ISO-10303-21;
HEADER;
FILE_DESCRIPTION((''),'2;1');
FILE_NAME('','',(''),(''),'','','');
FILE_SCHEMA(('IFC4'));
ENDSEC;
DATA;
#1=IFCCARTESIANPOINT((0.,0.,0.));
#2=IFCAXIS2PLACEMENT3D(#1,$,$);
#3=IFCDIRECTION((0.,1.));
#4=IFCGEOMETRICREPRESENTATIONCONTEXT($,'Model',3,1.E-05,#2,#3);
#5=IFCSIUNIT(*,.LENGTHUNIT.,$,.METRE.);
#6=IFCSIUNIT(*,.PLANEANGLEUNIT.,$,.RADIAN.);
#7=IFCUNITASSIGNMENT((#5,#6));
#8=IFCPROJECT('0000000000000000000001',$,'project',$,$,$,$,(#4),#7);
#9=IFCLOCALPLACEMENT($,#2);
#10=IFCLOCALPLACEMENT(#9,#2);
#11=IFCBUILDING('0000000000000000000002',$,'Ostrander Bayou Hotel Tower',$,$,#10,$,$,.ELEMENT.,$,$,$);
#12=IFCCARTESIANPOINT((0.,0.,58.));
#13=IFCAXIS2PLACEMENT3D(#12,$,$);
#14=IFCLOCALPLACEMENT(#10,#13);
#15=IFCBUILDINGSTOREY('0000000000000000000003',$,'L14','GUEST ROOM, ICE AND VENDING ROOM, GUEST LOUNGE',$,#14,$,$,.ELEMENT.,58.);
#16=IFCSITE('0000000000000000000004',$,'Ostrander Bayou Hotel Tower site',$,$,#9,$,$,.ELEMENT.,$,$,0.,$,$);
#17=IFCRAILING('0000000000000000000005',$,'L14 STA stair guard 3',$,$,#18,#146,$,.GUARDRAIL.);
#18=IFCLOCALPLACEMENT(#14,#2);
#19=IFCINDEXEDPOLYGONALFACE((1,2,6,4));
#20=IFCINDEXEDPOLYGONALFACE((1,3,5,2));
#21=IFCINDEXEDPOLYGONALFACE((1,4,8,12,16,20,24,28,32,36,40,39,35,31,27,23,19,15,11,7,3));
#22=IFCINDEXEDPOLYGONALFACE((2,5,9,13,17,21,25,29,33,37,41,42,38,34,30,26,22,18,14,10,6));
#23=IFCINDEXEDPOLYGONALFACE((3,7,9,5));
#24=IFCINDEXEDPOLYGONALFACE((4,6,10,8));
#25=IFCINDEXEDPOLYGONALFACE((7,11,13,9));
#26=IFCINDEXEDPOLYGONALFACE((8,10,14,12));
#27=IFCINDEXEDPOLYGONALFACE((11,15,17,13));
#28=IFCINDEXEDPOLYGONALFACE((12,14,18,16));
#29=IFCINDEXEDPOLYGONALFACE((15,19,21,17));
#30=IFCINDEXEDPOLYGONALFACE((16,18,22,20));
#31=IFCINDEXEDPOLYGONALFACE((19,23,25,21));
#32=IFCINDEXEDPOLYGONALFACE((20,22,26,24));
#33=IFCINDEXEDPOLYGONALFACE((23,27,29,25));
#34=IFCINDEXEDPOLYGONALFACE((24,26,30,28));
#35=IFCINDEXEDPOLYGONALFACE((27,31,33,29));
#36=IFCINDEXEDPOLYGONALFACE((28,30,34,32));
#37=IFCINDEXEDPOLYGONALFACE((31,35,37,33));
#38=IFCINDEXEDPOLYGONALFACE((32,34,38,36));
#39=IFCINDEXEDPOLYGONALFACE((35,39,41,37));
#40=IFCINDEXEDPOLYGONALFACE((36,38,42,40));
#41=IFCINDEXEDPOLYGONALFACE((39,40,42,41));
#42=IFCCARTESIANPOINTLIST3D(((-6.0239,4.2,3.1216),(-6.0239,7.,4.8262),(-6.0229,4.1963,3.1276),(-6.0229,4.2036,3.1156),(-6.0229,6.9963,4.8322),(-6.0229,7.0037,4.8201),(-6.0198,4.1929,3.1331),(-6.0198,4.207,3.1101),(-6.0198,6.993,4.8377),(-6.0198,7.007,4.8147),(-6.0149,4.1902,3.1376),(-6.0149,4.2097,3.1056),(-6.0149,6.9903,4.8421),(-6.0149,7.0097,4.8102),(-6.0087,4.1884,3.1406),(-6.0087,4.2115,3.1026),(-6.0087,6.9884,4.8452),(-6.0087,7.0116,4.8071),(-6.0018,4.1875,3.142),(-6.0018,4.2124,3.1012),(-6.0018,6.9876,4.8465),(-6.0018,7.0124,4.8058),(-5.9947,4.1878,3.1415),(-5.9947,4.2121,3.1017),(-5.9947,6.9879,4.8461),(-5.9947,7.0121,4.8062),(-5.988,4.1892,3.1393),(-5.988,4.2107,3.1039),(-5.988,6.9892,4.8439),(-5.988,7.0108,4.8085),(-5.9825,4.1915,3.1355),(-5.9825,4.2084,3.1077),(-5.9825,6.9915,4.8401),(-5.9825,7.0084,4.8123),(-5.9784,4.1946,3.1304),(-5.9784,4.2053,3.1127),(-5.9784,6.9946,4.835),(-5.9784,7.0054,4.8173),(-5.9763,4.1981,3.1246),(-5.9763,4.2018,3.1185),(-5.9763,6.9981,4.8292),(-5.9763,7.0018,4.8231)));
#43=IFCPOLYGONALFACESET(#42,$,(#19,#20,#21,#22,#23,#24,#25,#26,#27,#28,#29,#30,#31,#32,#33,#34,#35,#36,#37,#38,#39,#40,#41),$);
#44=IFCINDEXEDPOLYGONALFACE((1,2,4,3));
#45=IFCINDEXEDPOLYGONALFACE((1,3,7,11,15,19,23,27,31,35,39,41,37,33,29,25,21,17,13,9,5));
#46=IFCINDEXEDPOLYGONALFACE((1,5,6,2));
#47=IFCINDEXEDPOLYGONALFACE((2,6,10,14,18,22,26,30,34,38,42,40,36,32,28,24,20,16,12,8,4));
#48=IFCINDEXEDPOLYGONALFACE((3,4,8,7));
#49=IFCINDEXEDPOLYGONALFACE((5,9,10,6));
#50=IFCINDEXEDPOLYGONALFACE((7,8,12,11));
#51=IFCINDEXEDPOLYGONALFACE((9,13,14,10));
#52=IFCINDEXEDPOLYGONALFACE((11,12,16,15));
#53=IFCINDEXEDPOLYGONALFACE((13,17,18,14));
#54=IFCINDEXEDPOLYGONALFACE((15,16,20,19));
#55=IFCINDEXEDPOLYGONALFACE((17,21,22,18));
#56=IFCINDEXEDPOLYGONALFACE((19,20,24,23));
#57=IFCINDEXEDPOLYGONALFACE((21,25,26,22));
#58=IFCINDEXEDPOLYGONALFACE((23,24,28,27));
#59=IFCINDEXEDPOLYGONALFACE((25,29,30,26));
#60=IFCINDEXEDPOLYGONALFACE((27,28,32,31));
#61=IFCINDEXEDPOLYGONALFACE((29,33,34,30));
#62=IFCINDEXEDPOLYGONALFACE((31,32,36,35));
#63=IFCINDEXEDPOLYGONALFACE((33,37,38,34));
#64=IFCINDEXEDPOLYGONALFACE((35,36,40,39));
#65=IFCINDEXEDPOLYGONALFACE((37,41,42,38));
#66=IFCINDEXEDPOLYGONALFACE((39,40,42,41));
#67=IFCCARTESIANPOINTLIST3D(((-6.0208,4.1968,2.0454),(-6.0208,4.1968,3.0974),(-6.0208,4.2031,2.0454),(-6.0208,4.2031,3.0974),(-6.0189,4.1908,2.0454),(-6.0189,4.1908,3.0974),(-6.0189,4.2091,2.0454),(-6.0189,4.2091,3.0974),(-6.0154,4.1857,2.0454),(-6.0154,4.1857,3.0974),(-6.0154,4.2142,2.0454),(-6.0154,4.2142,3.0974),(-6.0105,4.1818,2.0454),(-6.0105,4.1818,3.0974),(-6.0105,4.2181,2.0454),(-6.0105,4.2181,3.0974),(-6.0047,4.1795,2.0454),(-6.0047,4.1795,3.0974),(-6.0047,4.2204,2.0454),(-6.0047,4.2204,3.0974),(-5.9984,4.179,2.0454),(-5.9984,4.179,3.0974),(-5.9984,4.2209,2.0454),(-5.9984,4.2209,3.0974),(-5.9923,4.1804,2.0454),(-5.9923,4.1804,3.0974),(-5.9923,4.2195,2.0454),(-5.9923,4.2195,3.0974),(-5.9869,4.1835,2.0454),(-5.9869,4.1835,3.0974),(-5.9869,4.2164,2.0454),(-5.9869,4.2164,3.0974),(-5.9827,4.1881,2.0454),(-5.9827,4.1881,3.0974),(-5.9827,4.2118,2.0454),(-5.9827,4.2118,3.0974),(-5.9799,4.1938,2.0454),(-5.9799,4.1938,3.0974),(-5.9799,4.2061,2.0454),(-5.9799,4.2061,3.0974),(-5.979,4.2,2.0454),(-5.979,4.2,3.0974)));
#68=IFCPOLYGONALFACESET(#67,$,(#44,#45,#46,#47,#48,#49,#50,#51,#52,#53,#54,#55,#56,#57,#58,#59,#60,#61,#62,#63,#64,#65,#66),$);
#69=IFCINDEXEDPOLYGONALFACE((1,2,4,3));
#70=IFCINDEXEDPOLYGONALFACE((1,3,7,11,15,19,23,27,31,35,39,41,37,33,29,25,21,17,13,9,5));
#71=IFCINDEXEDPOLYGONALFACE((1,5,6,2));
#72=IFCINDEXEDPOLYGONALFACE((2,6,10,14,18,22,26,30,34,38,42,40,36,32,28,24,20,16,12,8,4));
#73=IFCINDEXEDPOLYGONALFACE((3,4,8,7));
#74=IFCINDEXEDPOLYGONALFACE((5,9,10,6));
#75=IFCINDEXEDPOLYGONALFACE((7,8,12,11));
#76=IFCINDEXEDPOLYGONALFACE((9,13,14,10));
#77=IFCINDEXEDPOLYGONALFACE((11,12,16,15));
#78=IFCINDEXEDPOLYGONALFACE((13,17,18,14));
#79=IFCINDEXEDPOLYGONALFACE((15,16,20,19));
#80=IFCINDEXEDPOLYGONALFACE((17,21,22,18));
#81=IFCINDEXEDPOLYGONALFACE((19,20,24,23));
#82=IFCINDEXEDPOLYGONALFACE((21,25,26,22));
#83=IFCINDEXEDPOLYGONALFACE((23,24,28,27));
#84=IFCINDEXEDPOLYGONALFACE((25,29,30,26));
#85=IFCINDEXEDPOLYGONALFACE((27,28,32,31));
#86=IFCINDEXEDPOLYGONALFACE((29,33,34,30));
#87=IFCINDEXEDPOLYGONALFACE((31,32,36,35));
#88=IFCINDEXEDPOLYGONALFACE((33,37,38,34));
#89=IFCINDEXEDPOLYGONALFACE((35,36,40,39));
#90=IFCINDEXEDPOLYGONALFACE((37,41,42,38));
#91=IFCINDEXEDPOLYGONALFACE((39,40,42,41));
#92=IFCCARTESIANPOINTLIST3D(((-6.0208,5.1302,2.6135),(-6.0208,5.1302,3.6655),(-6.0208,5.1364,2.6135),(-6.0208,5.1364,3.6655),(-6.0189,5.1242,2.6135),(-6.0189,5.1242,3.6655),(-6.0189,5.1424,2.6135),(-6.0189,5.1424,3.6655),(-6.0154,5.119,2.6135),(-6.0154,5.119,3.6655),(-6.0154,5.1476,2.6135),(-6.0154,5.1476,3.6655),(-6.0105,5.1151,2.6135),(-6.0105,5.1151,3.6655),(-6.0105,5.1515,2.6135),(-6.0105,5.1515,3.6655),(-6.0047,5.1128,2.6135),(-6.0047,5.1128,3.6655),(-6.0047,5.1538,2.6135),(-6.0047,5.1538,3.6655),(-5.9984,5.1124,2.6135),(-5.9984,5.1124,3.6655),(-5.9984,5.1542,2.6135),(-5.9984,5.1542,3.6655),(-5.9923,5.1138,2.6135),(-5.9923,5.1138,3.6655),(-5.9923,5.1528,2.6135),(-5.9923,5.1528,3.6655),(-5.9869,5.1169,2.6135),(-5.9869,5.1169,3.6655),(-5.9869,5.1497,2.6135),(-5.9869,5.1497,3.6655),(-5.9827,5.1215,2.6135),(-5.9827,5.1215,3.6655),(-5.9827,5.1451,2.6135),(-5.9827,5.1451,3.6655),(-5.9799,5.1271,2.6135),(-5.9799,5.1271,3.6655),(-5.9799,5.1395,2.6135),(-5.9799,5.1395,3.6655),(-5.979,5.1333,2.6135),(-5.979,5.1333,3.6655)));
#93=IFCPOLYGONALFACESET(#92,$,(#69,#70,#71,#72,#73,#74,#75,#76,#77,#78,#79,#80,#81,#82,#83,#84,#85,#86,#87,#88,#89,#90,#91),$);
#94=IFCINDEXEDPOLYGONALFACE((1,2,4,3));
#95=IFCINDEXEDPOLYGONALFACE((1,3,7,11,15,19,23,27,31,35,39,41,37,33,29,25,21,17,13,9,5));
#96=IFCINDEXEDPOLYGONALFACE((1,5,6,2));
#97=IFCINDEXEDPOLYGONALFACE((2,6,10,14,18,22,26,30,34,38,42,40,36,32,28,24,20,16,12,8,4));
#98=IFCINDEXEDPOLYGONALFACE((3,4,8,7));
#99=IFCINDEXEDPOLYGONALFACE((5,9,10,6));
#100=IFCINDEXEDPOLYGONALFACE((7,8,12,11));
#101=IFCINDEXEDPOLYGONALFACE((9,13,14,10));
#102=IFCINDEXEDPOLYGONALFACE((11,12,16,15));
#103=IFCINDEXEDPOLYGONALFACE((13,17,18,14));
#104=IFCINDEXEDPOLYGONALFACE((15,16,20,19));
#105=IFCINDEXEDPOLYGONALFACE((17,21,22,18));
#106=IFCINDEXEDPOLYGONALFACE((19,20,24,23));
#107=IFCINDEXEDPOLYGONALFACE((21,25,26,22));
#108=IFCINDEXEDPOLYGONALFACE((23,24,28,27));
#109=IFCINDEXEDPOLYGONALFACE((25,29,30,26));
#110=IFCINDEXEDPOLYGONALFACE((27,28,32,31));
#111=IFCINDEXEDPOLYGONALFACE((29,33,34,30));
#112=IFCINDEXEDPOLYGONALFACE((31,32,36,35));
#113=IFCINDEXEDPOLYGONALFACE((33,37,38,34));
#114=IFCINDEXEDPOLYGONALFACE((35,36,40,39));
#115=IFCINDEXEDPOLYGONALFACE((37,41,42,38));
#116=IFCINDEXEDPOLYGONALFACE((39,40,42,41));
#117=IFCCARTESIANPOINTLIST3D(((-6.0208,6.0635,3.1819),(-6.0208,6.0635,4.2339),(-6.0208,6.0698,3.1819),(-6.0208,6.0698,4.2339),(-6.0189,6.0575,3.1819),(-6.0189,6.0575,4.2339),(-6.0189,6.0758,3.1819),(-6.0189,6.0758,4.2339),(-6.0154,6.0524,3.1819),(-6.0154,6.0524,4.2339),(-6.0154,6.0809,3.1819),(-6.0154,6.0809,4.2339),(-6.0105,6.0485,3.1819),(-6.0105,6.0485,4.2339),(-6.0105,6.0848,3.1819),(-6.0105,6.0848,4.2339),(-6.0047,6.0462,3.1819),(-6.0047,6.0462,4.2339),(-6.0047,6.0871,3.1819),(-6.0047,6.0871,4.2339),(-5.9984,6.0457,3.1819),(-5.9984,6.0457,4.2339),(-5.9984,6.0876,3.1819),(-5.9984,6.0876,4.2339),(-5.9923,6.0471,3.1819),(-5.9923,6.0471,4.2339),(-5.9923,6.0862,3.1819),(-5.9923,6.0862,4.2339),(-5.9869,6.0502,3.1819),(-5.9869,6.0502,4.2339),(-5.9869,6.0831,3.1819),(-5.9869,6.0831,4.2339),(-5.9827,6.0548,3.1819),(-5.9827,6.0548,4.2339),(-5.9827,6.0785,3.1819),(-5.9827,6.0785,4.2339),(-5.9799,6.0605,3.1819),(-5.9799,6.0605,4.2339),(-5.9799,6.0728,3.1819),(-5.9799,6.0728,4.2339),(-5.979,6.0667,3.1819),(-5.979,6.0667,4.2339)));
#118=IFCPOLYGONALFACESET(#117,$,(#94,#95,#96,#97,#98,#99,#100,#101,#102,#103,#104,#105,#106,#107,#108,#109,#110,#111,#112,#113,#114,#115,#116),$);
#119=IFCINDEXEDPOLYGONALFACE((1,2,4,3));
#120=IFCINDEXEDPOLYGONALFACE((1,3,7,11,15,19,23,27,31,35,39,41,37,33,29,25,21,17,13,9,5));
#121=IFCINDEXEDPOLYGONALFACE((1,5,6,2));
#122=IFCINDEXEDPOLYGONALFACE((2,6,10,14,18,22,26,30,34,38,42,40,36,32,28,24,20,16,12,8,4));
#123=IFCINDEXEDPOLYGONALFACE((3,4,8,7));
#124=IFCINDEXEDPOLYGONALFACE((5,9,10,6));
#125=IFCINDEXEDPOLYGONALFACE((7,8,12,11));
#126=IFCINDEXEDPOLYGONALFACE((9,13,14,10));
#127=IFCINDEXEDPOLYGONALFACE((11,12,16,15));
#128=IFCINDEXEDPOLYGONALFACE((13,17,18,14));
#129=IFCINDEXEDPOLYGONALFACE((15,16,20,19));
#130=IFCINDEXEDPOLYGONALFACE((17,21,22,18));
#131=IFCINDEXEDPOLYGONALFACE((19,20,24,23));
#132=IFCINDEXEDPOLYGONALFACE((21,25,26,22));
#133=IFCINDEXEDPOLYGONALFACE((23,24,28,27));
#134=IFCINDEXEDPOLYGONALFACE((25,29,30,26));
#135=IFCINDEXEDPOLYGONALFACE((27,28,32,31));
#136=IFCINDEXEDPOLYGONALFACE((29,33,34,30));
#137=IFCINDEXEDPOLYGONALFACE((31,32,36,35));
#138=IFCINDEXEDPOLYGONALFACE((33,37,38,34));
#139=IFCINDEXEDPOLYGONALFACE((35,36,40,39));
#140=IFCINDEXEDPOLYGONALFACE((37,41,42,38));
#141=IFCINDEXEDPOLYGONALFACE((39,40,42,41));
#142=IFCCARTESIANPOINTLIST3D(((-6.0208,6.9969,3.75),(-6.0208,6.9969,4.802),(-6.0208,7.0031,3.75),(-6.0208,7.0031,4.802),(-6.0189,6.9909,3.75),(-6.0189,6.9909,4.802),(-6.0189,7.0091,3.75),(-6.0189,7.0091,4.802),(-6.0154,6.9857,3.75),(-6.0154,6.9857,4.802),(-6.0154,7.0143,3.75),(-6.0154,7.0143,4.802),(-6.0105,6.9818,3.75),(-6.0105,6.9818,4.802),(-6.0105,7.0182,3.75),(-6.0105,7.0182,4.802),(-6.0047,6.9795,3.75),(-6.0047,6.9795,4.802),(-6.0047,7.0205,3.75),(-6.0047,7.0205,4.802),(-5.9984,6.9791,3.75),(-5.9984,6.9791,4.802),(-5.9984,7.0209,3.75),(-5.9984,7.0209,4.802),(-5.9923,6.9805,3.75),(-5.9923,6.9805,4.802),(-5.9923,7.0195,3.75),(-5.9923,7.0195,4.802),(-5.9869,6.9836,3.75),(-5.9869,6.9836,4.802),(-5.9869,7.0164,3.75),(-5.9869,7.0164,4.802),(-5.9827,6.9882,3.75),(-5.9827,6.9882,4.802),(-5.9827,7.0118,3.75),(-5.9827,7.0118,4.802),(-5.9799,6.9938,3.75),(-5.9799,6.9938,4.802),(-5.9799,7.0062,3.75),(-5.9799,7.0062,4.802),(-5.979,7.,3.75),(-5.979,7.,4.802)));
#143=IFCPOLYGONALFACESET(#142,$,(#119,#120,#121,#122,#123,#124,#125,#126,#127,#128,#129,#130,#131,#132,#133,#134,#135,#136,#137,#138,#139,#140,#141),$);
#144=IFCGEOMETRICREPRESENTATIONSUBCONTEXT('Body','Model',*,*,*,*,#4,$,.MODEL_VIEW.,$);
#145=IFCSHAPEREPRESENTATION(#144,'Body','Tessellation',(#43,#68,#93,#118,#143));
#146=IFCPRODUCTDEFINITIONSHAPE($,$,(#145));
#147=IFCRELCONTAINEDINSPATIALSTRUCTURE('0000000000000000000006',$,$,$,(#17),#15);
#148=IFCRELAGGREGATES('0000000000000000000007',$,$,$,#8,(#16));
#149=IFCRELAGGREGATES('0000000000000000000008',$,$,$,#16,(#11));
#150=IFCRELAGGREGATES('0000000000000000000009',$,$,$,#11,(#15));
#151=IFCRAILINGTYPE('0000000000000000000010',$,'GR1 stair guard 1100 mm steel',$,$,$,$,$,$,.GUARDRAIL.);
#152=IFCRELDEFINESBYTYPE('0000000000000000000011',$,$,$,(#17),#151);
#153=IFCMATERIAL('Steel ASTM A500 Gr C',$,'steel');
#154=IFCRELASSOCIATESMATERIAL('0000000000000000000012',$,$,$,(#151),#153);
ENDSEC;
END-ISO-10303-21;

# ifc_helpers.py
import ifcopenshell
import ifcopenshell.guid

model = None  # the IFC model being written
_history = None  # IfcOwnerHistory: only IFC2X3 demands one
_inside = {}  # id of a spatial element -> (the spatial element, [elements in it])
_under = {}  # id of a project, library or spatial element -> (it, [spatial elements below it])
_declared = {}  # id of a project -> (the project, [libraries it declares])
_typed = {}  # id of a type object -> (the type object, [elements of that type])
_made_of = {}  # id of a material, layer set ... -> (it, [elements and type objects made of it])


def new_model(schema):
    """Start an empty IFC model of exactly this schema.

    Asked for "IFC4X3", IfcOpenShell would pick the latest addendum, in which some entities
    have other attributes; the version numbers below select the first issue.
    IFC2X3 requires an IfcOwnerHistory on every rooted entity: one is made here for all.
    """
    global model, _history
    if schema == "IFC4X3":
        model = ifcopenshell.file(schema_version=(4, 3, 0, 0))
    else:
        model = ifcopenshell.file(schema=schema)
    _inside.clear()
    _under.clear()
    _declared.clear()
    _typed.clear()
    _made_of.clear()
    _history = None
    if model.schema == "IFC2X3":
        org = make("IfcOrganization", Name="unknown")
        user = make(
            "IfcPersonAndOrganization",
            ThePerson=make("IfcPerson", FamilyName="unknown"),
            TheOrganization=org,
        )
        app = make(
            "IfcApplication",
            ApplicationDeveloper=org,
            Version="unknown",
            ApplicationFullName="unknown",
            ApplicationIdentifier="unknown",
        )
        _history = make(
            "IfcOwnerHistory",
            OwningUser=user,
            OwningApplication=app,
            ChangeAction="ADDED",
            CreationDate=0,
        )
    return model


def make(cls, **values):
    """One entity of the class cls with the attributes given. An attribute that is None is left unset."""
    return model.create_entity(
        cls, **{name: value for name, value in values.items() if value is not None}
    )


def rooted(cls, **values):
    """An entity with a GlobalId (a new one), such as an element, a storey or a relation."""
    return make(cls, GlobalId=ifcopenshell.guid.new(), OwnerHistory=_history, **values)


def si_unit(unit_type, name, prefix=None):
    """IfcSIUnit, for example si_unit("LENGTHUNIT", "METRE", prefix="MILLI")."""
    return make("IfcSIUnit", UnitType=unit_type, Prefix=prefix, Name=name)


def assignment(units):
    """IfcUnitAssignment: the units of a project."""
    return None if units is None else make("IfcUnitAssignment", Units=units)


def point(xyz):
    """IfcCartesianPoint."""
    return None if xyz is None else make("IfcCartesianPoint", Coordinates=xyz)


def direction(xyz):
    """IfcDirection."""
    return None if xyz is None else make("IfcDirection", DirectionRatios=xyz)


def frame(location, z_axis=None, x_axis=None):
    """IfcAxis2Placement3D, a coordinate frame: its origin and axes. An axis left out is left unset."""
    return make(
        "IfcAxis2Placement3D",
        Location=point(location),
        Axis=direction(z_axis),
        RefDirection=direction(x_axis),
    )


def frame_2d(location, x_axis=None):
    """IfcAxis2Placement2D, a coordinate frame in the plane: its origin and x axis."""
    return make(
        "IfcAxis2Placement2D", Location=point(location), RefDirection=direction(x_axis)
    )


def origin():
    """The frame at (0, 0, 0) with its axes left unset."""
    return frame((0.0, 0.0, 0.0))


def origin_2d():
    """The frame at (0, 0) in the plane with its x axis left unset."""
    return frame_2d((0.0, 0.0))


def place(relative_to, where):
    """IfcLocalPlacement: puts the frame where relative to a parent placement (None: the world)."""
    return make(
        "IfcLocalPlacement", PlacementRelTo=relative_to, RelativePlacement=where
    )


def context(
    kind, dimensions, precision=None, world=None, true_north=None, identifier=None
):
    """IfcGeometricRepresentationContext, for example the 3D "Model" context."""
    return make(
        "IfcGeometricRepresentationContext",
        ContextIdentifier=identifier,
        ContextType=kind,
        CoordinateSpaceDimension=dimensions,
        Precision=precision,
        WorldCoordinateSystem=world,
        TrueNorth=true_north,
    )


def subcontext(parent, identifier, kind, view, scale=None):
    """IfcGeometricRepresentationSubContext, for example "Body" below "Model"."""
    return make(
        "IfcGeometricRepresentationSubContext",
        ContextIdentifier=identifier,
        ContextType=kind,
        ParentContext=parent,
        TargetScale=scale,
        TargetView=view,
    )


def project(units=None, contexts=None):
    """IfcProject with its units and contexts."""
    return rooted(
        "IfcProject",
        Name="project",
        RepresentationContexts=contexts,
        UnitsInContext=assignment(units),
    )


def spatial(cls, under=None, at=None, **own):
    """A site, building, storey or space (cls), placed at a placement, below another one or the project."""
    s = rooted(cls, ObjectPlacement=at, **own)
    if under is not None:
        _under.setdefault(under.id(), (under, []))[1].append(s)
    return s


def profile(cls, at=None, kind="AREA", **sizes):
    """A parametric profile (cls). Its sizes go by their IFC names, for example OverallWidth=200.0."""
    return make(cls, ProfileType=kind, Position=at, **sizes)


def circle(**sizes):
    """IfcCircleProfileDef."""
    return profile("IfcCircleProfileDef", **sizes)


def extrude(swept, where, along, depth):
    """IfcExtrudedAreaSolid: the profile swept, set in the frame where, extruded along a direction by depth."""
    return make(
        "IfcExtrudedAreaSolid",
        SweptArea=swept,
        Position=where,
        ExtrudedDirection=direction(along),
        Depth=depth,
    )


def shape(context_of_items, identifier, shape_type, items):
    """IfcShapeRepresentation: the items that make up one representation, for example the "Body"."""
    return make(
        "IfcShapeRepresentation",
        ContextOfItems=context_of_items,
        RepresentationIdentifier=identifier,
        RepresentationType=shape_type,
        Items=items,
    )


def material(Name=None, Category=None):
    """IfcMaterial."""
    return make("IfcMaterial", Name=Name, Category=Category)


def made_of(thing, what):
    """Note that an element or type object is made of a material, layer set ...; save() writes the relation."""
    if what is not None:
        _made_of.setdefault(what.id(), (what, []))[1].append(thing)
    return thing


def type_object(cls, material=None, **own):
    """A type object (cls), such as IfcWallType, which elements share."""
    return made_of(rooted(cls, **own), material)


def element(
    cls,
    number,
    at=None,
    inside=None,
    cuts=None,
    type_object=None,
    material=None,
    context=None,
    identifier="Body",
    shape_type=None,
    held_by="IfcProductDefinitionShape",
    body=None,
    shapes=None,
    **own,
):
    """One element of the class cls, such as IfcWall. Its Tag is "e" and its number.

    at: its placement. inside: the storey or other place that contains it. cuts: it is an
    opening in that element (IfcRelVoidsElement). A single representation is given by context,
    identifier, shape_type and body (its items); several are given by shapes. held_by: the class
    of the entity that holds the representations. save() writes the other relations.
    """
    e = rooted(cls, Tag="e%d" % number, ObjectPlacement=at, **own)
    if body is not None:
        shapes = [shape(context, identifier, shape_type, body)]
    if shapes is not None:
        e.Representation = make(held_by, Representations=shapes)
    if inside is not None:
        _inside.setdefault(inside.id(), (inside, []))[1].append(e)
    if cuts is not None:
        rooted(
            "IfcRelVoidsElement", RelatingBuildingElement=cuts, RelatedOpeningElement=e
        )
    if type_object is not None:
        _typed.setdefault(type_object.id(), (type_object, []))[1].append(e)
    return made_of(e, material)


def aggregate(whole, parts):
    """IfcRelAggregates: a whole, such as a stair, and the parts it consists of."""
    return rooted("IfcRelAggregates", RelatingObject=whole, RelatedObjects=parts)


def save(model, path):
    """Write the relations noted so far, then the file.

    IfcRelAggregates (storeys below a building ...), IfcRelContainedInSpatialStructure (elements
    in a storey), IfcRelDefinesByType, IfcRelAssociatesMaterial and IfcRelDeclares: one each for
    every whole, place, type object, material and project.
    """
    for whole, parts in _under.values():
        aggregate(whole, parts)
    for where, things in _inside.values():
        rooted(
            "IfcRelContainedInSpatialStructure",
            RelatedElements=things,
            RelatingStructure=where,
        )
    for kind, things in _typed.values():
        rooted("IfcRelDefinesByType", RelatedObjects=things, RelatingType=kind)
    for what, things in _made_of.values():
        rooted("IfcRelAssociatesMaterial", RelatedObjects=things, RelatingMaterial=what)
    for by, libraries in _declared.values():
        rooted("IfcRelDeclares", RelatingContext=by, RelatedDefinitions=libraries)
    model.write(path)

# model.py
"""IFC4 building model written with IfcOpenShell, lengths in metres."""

from ifc_helpers import new_model, si_unit, direction, frame, origin, origin_2d, place, context, subcontext, project, spatial, circle, extrude, material, type_object, element, save


model = new_model("IFC4")

# Units and contexts
model_context = context("Model", 3, precision=1e-05, world=origin(), true_north=direction((0.0, 1.0)))
body_context = subcontext(model_context, "Body", "Model", "MODEL_VIEW")
ifc_project = project(units=[si_unit("LENGTHUNIT", "METRE"), si_unit("PLANEANGLEUNIT", "RADIAN")], contexts=[model_context])

# Site, building, storey
site_placement = place(None, origin())
site = spatial("IfcSite", under=ifc_project, at=site_placement, Name="Ostrander Bayou Hotel Tower site", CompositionType="ELEMENT", RefElevation=0.0)
building_placement = place(site_placement, origin())
building = spatial("IfcBuilding", under=site, at=building_placement, Name="Ostrander Bayou Hotel Tower", CompositionType="ELEMENT")
storey_placement = place(building_placement, frame((0.0, 0.0, 58.0)))
storey = spatial("IfcBuildingStorey", under=building, at=storey_placement, Name="L14", Description="GUEST ROOM, ICE AND VENDING ROOM, GUEST LOUNGE", CompositionType="ELEMENT", Elevation=58.0)

# Railing
ifc_material_1 = material(Name="Steel ASTM A500 Gr C", Category="steel")
railing_type_1 = type_object("IfcRailingType", Name="GR1 stair guard 1100 mm steel", PredefinedType="GUARDRAIL", material=ifc_material_1)
railing_1_placement = place(storey_placement, frame((-6.0, 4.2, 2.0454)))
element("IfcRailing", 1, at=railing_1_placement, inside=storey, type_object=railing_type_1, Name="L14 STA stair guard 3", PredefinedType="GUARDRAIL", context=body_context, shape_type="SweptSolid", body=[
    extrude(circle(Radius=0.0239, at=origin_2d()), frame((0.0, 0.0, 1.0762), z_axis=(0.0, 0.85417, 0.519994), x_axis=(-1.0, 0.0, 0.0)), (0.0, 0.0, 1.0), 3.2781),
    extrude(circle(Radius=0.021, at=origin_2d()), origin(), (0.0, 0.0, 1.0), 1.052),
    extrude(circle(Radius=0.021, at=origin_2d()), frame((0.0, 0.9333, 0.5681)), (0.0, 0.0, 1.0), 1.052),
    extrude(circle(Radius=0.021, at=origin_2d()), frame((0.0, 1.8667, 1.1365)), (0.0, 0.0, 1.0), 1.052),
    extrude(circle(Radius=0.021, at=origin_2d()), frame((0.0, 2.8, 1.7046)), (0.0, 0.0, 1.0), 1.052),
])

save(model, "model.ifc")
